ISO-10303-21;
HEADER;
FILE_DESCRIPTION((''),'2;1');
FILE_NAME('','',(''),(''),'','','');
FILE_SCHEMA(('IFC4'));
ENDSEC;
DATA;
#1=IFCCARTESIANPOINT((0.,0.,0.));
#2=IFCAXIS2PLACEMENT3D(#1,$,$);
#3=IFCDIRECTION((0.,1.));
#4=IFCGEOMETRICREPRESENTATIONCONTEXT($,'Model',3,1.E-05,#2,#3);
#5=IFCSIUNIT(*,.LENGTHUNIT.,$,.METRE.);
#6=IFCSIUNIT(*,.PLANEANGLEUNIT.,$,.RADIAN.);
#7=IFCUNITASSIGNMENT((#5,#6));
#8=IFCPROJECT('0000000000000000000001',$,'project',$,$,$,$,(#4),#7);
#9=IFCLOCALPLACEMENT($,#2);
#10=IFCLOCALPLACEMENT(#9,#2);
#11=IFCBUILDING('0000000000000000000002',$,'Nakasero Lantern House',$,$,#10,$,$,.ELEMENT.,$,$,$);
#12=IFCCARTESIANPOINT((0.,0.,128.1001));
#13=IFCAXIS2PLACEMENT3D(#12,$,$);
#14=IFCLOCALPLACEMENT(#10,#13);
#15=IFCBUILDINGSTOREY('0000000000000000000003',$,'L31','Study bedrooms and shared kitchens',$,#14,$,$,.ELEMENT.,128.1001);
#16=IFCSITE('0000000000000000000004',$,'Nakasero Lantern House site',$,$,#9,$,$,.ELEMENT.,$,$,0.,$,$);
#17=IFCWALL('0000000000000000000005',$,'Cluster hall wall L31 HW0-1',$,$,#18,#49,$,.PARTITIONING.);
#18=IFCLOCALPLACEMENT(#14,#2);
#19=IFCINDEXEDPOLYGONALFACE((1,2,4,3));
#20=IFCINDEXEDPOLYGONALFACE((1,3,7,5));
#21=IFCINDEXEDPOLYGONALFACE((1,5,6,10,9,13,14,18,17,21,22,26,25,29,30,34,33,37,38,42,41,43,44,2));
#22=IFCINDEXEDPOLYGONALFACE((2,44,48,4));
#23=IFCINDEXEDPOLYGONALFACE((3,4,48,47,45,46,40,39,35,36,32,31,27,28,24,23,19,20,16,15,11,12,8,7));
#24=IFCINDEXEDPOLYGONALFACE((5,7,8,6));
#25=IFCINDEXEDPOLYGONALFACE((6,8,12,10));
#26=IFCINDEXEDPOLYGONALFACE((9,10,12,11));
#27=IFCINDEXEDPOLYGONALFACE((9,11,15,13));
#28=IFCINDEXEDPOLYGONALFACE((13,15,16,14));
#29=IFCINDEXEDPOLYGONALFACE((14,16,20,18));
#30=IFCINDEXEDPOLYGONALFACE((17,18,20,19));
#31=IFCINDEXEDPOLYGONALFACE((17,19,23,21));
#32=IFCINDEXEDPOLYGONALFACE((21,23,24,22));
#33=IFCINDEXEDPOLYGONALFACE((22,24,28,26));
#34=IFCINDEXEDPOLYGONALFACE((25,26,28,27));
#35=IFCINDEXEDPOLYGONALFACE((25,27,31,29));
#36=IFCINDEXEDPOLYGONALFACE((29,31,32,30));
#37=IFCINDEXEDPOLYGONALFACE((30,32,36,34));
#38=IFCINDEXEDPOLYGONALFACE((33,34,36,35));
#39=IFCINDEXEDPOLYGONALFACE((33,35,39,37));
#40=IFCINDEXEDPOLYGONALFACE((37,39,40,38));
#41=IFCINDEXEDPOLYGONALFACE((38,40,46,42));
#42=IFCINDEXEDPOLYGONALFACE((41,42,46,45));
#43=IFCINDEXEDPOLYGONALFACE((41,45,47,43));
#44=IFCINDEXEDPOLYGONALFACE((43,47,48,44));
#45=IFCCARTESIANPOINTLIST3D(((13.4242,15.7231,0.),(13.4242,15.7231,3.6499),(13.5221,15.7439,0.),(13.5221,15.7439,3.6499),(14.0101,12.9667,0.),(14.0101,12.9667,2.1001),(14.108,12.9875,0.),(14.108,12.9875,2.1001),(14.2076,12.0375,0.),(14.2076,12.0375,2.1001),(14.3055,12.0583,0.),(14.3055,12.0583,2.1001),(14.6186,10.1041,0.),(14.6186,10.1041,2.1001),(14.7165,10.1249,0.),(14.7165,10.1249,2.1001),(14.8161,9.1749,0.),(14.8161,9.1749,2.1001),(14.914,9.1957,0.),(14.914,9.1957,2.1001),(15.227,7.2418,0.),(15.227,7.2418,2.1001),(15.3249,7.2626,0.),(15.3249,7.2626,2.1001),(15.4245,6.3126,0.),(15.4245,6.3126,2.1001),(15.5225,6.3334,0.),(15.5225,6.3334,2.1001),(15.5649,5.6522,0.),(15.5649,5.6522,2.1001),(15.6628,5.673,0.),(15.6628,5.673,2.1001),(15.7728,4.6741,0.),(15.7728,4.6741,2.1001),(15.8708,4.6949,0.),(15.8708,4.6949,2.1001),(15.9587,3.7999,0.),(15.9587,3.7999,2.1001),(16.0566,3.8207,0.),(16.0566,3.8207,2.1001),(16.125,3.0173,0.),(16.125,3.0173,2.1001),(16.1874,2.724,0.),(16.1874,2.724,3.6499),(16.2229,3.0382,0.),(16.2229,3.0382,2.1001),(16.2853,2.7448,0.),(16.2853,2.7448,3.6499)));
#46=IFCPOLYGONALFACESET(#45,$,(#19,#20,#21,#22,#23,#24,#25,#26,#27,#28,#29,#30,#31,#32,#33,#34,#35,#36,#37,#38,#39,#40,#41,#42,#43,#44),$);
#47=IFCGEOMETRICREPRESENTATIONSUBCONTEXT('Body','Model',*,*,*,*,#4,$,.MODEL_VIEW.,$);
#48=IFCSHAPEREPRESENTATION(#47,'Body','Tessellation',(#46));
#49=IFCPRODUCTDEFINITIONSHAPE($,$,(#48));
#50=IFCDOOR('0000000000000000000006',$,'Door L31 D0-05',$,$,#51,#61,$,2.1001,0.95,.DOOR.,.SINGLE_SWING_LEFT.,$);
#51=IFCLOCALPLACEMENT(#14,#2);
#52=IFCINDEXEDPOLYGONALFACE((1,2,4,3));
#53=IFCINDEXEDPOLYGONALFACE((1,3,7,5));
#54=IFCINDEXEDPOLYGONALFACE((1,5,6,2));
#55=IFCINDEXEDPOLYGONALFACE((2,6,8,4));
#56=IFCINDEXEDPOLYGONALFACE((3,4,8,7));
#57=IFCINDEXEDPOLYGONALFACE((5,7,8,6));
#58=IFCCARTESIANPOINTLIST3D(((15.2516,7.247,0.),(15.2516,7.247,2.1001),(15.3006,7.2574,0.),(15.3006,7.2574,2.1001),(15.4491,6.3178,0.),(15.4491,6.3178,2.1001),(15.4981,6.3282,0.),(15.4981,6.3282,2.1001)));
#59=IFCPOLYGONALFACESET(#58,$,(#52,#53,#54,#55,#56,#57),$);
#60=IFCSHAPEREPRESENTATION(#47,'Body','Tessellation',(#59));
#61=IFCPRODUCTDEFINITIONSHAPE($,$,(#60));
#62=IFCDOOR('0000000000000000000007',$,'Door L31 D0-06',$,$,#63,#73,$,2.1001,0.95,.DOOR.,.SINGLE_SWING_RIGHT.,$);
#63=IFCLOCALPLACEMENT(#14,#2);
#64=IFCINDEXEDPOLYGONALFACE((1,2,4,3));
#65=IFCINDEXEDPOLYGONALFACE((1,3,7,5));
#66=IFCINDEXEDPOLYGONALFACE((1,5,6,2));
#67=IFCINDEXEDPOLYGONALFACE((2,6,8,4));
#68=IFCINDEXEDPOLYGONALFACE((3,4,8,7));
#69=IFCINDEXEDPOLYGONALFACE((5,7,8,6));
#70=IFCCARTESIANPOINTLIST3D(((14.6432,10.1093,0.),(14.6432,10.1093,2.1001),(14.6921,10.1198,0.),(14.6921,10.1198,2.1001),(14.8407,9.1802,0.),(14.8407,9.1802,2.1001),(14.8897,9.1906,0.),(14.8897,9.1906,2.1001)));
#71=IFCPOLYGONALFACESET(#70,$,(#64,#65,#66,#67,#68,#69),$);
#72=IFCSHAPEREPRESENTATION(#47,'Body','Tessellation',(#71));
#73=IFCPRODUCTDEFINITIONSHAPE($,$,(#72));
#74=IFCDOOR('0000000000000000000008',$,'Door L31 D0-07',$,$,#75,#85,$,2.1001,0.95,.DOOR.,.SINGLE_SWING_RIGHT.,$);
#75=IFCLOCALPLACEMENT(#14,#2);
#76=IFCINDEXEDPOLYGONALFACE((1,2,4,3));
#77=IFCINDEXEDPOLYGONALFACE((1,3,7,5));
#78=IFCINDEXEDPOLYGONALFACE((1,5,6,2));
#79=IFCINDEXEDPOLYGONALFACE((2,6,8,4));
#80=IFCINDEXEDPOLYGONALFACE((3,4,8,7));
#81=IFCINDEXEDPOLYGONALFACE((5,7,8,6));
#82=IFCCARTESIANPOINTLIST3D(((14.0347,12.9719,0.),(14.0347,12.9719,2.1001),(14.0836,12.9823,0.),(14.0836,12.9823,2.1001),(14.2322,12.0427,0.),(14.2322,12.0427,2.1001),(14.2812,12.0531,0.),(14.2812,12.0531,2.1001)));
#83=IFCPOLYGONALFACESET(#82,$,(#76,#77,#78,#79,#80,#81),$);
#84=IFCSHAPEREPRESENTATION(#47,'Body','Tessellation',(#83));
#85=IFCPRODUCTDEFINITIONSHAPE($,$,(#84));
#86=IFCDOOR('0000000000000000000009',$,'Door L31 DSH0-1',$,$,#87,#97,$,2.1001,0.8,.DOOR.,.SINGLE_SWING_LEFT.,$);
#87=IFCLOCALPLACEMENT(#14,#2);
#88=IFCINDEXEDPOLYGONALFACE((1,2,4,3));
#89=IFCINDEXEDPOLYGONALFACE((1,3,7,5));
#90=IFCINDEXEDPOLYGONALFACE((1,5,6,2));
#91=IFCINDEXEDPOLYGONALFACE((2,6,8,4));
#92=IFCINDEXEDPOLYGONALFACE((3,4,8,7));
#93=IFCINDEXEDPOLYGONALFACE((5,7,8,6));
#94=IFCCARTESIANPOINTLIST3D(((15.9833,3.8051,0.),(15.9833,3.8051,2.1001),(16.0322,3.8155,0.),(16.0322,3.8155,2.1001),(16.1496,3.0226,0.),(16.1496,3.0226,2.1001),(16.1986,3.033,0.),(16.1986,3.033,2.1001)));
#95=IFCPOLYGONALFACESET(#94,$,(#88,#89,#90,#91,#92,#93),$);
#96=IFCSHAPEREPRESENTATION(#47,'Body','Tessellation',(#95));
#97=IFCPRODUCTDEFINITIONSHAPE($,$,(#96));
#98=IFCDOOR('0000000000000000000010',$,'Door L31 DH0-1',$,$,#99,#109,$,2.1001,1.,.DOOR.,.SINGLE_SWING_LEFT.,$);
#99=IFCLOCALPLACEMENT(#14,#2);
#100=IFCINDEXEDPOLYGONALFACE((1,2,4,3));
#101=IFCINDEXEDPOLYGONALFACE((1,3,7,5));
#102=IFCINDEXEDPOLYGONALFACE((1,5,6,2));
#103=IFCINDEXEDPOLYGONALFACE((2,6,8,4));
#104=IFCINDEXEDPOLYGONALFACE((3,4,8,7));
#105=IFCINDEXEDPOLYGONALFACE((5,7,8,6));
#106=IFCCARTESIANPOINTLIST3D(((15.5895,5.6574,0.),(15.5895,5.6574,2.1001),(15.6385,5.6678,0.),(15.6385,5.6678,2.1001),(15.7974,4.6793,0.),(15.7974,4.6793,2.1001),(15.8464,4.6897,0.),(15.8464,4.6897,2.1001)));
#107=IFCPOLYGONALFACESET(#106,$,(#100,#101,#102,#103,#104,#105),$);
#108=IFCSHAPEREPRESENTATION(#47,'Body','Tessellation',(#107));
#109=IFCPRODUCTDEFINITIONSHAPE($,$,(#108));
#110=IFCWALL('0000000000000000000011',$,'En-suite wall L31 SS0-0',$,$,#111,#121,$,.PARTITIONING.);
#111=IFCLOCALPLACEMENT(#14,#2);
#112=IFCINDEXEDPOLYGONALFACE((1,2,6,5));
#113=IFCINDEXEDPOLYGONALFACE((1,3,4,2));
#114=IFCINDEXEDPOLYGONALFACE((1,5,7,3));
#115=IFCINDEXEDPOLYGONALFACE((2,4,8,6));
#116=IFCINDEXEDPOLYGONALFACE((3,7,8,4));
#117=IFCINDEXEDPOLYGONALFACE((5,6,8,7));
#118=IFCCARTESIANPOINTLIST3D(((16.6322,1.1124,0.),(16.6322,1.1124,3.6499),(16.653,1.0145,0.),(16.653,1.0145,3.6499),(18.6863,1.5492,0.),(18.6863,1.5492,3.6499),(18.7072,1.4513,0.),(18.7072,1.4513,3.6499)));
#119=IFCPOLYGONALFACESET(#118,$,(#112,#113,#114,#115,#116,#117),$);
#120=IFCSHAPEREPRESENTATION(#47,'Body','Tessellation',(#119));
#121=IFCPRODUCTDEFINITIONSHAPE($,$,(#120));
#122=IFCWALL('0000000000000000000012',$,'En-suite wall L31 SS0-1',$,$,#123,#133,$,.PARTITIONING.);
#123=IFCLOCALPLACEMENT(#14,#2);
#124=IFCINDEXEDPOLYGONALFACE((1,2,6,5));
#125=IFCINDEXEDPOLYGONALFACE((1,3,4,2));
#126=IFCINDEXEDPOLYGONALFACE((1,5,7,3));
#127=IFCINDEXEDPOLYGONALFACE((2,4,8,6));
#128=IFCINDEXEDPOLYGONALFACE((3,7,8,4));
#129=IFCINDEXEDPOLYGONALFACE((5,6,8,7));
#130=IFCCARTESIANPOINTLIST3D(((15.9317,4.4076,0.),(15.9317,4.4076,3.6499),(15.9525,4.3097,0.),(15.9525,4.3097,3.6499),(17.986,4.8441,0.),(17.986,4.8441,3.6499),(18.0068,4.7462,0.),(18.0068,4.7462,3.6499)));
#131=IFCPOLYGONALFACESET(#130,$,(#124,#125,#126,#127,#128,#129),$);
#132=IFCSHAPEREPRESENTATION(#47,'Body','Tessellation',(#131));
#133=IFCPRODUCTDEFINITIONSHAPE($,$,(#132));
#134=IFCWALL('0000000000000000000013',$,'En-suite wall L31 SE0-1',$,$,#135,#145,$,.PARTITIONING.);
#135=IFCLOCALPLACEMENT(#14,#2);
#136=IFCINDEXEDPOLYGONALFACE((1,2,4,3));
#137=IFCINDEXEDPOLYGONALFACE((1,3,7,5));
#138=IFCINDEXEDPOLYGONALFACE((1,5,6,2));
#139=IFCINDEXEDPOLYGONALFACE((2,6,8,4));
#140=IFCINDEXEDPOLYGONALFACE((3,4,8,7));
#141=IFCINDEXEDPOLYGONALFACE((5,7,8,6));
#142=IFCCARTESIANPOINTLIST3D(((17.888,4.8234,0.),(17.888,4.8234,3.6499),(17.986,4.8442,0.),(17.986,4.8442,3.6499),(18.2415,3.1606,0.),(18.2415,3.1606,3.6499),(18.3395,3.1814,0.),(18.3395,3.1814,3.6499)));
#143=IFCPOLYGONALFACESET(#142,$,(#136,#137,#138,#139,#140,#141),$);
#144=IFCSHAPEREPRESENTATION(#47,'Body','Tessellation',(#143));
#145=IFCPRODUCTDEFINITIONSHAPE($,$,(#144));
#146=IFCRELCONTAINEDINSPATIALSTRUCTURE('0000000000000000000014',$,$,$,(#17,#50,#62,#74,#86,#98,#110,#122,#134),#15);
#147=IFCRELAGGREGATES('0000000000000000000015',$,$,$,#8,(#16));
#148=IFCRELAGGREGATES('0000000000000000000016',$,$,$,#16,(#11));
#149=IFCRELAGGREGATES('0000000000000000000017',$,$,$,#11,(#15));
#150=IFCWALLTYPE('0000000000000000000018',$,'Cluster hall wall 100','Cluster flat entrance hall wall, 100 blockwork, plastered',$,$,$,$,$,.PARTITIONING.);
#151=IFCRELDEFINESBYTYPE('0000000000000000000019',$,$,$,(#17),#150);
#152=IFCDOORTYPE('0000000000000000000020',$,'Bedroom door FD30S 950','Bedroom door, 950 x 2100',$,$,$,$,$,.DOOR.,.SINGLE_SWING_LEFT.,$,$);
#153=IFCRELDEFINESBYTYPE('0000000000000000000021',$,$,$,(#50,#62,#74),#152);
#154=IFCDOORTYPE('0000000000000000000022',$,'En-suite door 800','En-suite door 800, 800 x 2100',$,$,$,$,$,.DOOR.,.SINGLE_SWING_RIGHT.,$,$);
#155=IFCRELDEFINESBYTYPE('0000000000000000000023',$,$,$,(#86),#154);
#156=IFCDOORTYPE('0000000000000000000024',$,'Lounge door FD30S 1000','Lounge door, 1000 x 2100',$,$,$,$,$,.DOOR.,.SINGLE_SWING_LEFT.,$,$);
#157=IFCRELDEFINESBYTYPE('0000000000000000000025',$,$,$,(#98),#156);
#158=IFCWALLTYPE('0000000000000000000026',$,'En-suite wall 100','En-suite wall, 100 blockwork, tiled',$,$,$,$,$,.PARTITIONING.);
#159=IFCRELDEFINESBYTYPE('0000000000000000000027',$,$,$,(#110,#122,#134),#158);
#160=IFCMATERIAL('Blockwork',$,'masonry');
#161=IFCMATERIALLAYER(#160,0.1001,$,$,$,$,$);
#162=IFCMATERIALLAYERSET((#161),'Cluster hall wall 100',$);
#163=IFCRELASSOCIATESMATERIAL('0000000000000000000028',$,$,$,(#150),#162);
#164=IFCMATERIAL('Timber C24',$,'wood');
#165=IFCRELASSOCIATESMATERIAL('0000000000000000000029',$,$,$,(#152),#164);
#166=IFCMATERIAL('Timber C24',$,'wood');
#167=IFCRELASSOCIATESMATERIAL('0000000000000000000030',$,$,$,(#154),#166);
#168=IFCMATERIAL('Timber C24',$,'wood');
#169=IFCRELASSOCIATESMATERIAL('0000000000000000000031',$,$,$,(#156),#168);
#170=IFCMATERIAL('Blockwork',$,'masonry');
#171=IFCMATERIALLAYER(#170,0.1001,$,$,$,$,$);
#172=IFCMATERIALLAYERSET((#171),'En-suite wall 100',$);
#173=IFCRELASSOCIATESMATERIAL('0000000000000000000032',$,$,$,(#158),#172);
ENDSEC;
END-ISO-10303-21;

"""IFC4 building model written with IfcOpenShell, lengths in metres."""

from ifc_helpers import new_model, si_unit, direction, frame, frame_2d, origin, place, context, subcontext, project, spatial, rectangle, extrude, material, layer, layer_set, type_object, element, fill, save


model = new_model("IFC4")

# Units and contexts
model_context = context("Model", 3, precision=1e-05, world=origin(), true_north=direction((0.0, 1.0)))
body_context = subcontext(model_context, "Body", "Model", "MODEL_VIEW")
ifc_project = project(units=[si_unit("LENGTHUNIT", "METRE"), si_unit("PLANEANGLEUNIT", "RADIAN")], contexts=[model_context])

# Site, building, storey
site_placement = place(None, origin())
site = spatial("IfcSite", under=ifc_project, at=site_placement, Name="Nakasero Lantern House site", CompositionType="ELEMENT", RefElevation=0.0)
building_placement = place(site_placement, origin())
building = spatial("IfcBuilding", under=site, at=building_placement, Name="Nakasero Lantern House", CompositionType="ELEMENT")
storey_placement = place(building_placement, frame((0.0, 0.0, 128.1001)))
storey = spatial("IfcBuildingStorey", under=building, at=storey_placement, Name="L31", Description="Study bedrooms and shared kitchens", CompositionType="ELEMENT", Elevation=128.1001)

# Wall, openings, doors
ifc_material_1 = material(Name="Blockwork", Category="masonry")
ifc_layer_1 = layer(ifc_material_1, 0.1001)
ifc_layer_set_1 = layer_set([ifc_layer_1], Name="Cluster hall wall 100")
wall_type_1 = type_object("IfcWallType", Name="Cluster hall wall 100", Description="Cluster flat entrance hall wall, 100 blockwork, plastered", PredefinedType="PARTITIONING", material=ifc_layer_set_1)
wall_1_placement = place(storey_placement, frame((16.2363, 2.7344, 0.0), z_axis=(0.0, 0.0, 1.0), x_axis=(-0.207923, 0.978145, 0.0)))
wall_1 = element("IfcWall", 1, at=wall_1_placement, inside=storey, type_object=wall_type_1, Name="Cluster hall wall L31 HW0-1", PredefinedType="PARTITIONING", context=body_context, shape_type="SweptSolid", body=[
    extrude(rectangle(XDim=13.2896, YDim=0.1001, at=frame_2d((6.6448, 0.0))), origin(), (0.0, 0.0, 1.0), 3.6499),
])
opening_1_placement = place(wall_1_placement, frame((1.9937, 0.0, 0.0)))
opening_1 = element("IfcOpeningElement", 2, at=opening_1_placement, cuts=wall_1, PredefinedType="OPENING", context=body_context, shape_type="SweptSolid", body=[
    extrude(rectangle(XDim=1.0, YDim=2.1001, at=frame_2d((0.5, 1.05))), frame((0.0, 0.0701, 0.0), z_axis=(0.0, -1.0, 0.0), x_axis=(1.0, 0.0, 0.0)), (0.0, 0.0, 1.0), 0.1401),
])
opening_2_placement = place(wall_1_placement, frame((0.3, 0.0, 0.0)))
opening_2 = element("IfcOpeningElement", 3, at=opening_2_placement, cuts=wall_1, PredefinedType="OPENING", context=body_context, shape_type="SweptSolid", body=[
    extrude(rectangle(XDim=0.8, YDim=2.1001, at=frame_2d((0.3999, 1.05))), frame((0.0, 0.0701, 0.0), z_axis=(0.0, -1.0, 0.0), x_axis=(1.0, 0.0, 0.0)), (0.0, 0.0, 1.0), 0.1401),
])
opening_3_placement = place(wall_1_placement, frame((3.6687, 0.0, 0.0)))
opening_3 = element("IfcOpeningElement", 4, at=opening_3_placement, cuts=wall_1, PredefinedType="OPENING", context=body_context, shape_type="SweptSolid", body=[
    extrude(rectangle(XDim=0.95, YDim=2.1001, at=frame_2d((0.4751, 1.05))), frame((0.0, 0.0701, 0.0), z_axis=(0.0, -1.0, 0.0), x_axis=(1.0, 0.0, 0.0)), (0.0, 0.0, 1.0), 0.1401),
])
opening_4_placement = place(wall_1_placement, frame((6.595, 0.0, 0.0)))
opening_4 = element("IfcOpeningElement", 5, at=opening_4_placement, cuts=wall_1, PredefinedType="OPENING", context=body_context, shape_type="SweptSolid", body=[
    extrude(rectangle(XDim=0.95, YDim=2.1001, at=frame_2d((0.4751, 1.05))), frame((0.0, 0.0701, 0.0), z_axis=(0.0, -1.0, 0.0), x_axis=(1.0, 0.0, 0.0)), (0.0, 0.0, 1.0), 0.1401),
])
opening_5_placement = place(wall_1_placement, frame((9.5215, 0.0, 0.0)))
opening_5 = element("IfcOpeningElement", 6, at=opening_5_placement, cuts=wall_1, PredefinedType="OPENING", context=body_context, shape_type="SweptSolid", body=[
    extrude(rectangle(XDim=0.95, YDim=2.1001, at=frame_2d((0.4751, 1.05))), frame((0.0, 0.0701, 0.0), z_axis=(0.0, -1.0, 0.0), x_axis=(1.0, 0.0, 0.0)), (0.0, 0.0, 1.0), 0.1401),
])
ifc_material_2 = material(Name="Timber C24", Category="wood")
door_type_1 = type_object("IfcDoorType", Name="Bedroom door FD30S 950", Description="Bedroom door, 950 x 2100", OperationType="SINGLE_SWING_LEFT", PredefinedType="DOOR", material=ifc_material_2)
door_1_placement = place(opening_3_placement, origin())
door_1 = element("IfcDoor", 7, at=door_1_placement, inside=storey, type_object=door_type_1, Name="Door L31 D0-05", OperationType="SINGLE_SWING_LEFT", OverallHeight=2.1001, OverallWidth=0.95, PredefinedType="DOOR", context=body_context, shape_type="SweptSolid", body=[
    extrude(rectangle(XDim=0.95, YDim=2.1001, at=frame_2d((0.4751, 1.05))), frame((0.0, 0.0249, 0.0), z_axis=(0.0, -1.0, 0.0), x_axis=(1.0, 0.0, 0.0)), (0.0, 0.0, 1.0), 0.05),
])
fill(opening_3, door_1)
door_2_placement = place(opening_4_placement, origin())
door_2 = element("IfcDoor", 8, at=door_2_placement, inside=storey, type_object=door_type_1, Name="Door L31 D0-06", OperationType="SINGLE_SWING_RIGHT", OverallHeight=2.1001, OverallWidth=0.95, PredefinedType="DOOR", context=body_context, shape_type="SweptSolid", body=[
    extrude(rectangle(XDim=0.95, YDim=2.1001, at=frame_2d((0.4751, 1.05))), frame((0.0, 0.0249, 0.0), z_axis=(0.0, -1.0, 0.0), x_axis=(1.0, 0.0, 0.0)), (0.0, 0.0, 1.0), 0.05),
])
fill(opening_4, door_2)
door_3_placement = place(opening_5_placement, origin())
door_3 = element("IfcDoor", 9, at=door_3_placement, inside=storey, type_object=door_type_1, Name="Door L31 D0-07", OperationType="SINGLE_SWING_RIGHT", OverallHeight=2.1001, OverallWidth=0.95, PredefinedType="DOOR", context=body_context, shape_type="SweptSolid", body=[
    extrude(rectangle(XDim=0.95, YDim=2.1001, at=frame_2d((0.4751, 1.05))), frame((0.0, 0.0249, 0.0), z_axis=(0.0, -1.0, 0.0), x_axis=(1.0, 0.0, 0.0)), (0.0, 0.0, 1.0), 0.05),
])
fill(opening_5, door_3)
ifc_material_3 = material(Name="Timber C24", Category="wood")
door_type_2 = type_object("IfcDoorType", Name="En-suite door 800", Description="En-suite door 800, 800 x 2100", OperationType="SINGLE_SWING_RIGHT", PredefinedType="DOOR", material=ifc_material_3)
door_4_placement = place(opening_2_placement, origin())
door_4 = element("IfcDoor", 10, at=door_4_placement, inside=storey, type_object=door_type_2, Name="Door L31 DSH0-1", OperationType="SINGLE_SWING_LEFT", OverallHeight=2.1001, OverallWidth=0.8, PredefinedType="DOOR", context=body_context, shape_type="SweptSolid", body=[
    extrude(rectangle(XDim=0.8, YDim=2.1001, at=frame_2d((0.3999, 1.05))), frame((0.0, 0.0249, 0.0), z_axis=(0.0, -1.0, 0.0), x_axis=(1.0, 0.0, 0.0)), (0.0, 0.0, 1.0), 0.05),
])
fill(opening_2, door_4)
ifc_material_4 = material(Name="Timber C24", Category="wood")
door_type_3 = type_object("IfcDoorType", Name="Lounge door FD30S 1000", Description="Lounge door, 1000 x 2100", OperationType="SINGLE_SWING_LEFT", PredefinedType="DOOR", material=ifc_material_4)
door_5_placement = place(opening_1_placement, origin())
door_5 = element("IfcDoor", 11, at=door_5_placement, inside=storey, type_object=door_type_3, Name="Door L31 DH0-1", OperationType="SINGLE_SWING_LEFT", OverallHeight=2.1001, OverallWidth=1.0, PredefinedType="DOOR", context=body_context, shape_type="SweptSolid", body=[
    extrude(rectangle(XDim=1.0, YDim=2.1001, at=frame_2d((0.5, 1.05))), frame((0.0, 0.0249, 0.0), z_axis=(0.0, -1.0, 0.0), x_axis=(1.0, 0.0, 0.0)), (0.0, 0.0, 1.0), 0.05),
])
fill(opening_1, door_5)

# Walls
ifc_material_5 = material(Name="Blockwork", Category="masonry")
ifc_layer_2 = layer(ifc_material_5, 0.1001)
ifc_layer_set_2 = layer_set([ifc_layer_2], Name="En-suite wall 100")
wall_type_2 = type_object("IfcWallType", Name="En-suite wall 100", Description="En-suite wall, 100 blockwork, tiled", PredefinedType="PARTITIONING", material=ifc_layer_set_2)
for number, where, z_axis, x_axis, name in (
    (12, (16.6426, 1.0635, 0.0), (0.0, 0.0, 1.0), (0.978135, 0.207973, 0.0), "En-suite wall L31 SS0-0"),
    (13, (15.9421, 4.3586, 0.0), (0.0, 0.0, 1.0), (0.978158, 0.207862, 0.0), "En-suite wall L31 SS0-1"),
):
    element("IfcWall", number, at=place(storey_placement, frame(where, z_axis=z_axis, x_axis=x_axis)), inside=storey, type_object=wall_type_2, Name=name, PredefinedType="PARTITIONING", context=body_context, shape_type="SweptSolid", body=[
        extrude(rectangle(XDim=2.1001, YDim=0.1001, at=frame_2d((1.05, 0.0))), origin(), (0.0, 0.0, 1.0), 3.6499),
    ])
wall_2_placement = place(storey_placement, frame((18.2905, 3.1709, 0.0), z_axis=(0.0, 0.0, 1.0), x_axis=(-0.20795, 0.97814, 0.0)))
element("IfcWall", 14, at=wall_2_placement, inside=storey, type_object=wall_type_2, Name="En-suite wall L31 SE0-1", PredefinedType="PARTITIONING", context=body_context, shape_type="SweptSolid", body=[
    extrude(rectangle(XDim=1.7, YDim=0.1001, at=frame_2d((0.8501, 0.0))), origin(), (0.0, 0.0, 1.0), 3.6499),
])

save(model, "model.ifc")
